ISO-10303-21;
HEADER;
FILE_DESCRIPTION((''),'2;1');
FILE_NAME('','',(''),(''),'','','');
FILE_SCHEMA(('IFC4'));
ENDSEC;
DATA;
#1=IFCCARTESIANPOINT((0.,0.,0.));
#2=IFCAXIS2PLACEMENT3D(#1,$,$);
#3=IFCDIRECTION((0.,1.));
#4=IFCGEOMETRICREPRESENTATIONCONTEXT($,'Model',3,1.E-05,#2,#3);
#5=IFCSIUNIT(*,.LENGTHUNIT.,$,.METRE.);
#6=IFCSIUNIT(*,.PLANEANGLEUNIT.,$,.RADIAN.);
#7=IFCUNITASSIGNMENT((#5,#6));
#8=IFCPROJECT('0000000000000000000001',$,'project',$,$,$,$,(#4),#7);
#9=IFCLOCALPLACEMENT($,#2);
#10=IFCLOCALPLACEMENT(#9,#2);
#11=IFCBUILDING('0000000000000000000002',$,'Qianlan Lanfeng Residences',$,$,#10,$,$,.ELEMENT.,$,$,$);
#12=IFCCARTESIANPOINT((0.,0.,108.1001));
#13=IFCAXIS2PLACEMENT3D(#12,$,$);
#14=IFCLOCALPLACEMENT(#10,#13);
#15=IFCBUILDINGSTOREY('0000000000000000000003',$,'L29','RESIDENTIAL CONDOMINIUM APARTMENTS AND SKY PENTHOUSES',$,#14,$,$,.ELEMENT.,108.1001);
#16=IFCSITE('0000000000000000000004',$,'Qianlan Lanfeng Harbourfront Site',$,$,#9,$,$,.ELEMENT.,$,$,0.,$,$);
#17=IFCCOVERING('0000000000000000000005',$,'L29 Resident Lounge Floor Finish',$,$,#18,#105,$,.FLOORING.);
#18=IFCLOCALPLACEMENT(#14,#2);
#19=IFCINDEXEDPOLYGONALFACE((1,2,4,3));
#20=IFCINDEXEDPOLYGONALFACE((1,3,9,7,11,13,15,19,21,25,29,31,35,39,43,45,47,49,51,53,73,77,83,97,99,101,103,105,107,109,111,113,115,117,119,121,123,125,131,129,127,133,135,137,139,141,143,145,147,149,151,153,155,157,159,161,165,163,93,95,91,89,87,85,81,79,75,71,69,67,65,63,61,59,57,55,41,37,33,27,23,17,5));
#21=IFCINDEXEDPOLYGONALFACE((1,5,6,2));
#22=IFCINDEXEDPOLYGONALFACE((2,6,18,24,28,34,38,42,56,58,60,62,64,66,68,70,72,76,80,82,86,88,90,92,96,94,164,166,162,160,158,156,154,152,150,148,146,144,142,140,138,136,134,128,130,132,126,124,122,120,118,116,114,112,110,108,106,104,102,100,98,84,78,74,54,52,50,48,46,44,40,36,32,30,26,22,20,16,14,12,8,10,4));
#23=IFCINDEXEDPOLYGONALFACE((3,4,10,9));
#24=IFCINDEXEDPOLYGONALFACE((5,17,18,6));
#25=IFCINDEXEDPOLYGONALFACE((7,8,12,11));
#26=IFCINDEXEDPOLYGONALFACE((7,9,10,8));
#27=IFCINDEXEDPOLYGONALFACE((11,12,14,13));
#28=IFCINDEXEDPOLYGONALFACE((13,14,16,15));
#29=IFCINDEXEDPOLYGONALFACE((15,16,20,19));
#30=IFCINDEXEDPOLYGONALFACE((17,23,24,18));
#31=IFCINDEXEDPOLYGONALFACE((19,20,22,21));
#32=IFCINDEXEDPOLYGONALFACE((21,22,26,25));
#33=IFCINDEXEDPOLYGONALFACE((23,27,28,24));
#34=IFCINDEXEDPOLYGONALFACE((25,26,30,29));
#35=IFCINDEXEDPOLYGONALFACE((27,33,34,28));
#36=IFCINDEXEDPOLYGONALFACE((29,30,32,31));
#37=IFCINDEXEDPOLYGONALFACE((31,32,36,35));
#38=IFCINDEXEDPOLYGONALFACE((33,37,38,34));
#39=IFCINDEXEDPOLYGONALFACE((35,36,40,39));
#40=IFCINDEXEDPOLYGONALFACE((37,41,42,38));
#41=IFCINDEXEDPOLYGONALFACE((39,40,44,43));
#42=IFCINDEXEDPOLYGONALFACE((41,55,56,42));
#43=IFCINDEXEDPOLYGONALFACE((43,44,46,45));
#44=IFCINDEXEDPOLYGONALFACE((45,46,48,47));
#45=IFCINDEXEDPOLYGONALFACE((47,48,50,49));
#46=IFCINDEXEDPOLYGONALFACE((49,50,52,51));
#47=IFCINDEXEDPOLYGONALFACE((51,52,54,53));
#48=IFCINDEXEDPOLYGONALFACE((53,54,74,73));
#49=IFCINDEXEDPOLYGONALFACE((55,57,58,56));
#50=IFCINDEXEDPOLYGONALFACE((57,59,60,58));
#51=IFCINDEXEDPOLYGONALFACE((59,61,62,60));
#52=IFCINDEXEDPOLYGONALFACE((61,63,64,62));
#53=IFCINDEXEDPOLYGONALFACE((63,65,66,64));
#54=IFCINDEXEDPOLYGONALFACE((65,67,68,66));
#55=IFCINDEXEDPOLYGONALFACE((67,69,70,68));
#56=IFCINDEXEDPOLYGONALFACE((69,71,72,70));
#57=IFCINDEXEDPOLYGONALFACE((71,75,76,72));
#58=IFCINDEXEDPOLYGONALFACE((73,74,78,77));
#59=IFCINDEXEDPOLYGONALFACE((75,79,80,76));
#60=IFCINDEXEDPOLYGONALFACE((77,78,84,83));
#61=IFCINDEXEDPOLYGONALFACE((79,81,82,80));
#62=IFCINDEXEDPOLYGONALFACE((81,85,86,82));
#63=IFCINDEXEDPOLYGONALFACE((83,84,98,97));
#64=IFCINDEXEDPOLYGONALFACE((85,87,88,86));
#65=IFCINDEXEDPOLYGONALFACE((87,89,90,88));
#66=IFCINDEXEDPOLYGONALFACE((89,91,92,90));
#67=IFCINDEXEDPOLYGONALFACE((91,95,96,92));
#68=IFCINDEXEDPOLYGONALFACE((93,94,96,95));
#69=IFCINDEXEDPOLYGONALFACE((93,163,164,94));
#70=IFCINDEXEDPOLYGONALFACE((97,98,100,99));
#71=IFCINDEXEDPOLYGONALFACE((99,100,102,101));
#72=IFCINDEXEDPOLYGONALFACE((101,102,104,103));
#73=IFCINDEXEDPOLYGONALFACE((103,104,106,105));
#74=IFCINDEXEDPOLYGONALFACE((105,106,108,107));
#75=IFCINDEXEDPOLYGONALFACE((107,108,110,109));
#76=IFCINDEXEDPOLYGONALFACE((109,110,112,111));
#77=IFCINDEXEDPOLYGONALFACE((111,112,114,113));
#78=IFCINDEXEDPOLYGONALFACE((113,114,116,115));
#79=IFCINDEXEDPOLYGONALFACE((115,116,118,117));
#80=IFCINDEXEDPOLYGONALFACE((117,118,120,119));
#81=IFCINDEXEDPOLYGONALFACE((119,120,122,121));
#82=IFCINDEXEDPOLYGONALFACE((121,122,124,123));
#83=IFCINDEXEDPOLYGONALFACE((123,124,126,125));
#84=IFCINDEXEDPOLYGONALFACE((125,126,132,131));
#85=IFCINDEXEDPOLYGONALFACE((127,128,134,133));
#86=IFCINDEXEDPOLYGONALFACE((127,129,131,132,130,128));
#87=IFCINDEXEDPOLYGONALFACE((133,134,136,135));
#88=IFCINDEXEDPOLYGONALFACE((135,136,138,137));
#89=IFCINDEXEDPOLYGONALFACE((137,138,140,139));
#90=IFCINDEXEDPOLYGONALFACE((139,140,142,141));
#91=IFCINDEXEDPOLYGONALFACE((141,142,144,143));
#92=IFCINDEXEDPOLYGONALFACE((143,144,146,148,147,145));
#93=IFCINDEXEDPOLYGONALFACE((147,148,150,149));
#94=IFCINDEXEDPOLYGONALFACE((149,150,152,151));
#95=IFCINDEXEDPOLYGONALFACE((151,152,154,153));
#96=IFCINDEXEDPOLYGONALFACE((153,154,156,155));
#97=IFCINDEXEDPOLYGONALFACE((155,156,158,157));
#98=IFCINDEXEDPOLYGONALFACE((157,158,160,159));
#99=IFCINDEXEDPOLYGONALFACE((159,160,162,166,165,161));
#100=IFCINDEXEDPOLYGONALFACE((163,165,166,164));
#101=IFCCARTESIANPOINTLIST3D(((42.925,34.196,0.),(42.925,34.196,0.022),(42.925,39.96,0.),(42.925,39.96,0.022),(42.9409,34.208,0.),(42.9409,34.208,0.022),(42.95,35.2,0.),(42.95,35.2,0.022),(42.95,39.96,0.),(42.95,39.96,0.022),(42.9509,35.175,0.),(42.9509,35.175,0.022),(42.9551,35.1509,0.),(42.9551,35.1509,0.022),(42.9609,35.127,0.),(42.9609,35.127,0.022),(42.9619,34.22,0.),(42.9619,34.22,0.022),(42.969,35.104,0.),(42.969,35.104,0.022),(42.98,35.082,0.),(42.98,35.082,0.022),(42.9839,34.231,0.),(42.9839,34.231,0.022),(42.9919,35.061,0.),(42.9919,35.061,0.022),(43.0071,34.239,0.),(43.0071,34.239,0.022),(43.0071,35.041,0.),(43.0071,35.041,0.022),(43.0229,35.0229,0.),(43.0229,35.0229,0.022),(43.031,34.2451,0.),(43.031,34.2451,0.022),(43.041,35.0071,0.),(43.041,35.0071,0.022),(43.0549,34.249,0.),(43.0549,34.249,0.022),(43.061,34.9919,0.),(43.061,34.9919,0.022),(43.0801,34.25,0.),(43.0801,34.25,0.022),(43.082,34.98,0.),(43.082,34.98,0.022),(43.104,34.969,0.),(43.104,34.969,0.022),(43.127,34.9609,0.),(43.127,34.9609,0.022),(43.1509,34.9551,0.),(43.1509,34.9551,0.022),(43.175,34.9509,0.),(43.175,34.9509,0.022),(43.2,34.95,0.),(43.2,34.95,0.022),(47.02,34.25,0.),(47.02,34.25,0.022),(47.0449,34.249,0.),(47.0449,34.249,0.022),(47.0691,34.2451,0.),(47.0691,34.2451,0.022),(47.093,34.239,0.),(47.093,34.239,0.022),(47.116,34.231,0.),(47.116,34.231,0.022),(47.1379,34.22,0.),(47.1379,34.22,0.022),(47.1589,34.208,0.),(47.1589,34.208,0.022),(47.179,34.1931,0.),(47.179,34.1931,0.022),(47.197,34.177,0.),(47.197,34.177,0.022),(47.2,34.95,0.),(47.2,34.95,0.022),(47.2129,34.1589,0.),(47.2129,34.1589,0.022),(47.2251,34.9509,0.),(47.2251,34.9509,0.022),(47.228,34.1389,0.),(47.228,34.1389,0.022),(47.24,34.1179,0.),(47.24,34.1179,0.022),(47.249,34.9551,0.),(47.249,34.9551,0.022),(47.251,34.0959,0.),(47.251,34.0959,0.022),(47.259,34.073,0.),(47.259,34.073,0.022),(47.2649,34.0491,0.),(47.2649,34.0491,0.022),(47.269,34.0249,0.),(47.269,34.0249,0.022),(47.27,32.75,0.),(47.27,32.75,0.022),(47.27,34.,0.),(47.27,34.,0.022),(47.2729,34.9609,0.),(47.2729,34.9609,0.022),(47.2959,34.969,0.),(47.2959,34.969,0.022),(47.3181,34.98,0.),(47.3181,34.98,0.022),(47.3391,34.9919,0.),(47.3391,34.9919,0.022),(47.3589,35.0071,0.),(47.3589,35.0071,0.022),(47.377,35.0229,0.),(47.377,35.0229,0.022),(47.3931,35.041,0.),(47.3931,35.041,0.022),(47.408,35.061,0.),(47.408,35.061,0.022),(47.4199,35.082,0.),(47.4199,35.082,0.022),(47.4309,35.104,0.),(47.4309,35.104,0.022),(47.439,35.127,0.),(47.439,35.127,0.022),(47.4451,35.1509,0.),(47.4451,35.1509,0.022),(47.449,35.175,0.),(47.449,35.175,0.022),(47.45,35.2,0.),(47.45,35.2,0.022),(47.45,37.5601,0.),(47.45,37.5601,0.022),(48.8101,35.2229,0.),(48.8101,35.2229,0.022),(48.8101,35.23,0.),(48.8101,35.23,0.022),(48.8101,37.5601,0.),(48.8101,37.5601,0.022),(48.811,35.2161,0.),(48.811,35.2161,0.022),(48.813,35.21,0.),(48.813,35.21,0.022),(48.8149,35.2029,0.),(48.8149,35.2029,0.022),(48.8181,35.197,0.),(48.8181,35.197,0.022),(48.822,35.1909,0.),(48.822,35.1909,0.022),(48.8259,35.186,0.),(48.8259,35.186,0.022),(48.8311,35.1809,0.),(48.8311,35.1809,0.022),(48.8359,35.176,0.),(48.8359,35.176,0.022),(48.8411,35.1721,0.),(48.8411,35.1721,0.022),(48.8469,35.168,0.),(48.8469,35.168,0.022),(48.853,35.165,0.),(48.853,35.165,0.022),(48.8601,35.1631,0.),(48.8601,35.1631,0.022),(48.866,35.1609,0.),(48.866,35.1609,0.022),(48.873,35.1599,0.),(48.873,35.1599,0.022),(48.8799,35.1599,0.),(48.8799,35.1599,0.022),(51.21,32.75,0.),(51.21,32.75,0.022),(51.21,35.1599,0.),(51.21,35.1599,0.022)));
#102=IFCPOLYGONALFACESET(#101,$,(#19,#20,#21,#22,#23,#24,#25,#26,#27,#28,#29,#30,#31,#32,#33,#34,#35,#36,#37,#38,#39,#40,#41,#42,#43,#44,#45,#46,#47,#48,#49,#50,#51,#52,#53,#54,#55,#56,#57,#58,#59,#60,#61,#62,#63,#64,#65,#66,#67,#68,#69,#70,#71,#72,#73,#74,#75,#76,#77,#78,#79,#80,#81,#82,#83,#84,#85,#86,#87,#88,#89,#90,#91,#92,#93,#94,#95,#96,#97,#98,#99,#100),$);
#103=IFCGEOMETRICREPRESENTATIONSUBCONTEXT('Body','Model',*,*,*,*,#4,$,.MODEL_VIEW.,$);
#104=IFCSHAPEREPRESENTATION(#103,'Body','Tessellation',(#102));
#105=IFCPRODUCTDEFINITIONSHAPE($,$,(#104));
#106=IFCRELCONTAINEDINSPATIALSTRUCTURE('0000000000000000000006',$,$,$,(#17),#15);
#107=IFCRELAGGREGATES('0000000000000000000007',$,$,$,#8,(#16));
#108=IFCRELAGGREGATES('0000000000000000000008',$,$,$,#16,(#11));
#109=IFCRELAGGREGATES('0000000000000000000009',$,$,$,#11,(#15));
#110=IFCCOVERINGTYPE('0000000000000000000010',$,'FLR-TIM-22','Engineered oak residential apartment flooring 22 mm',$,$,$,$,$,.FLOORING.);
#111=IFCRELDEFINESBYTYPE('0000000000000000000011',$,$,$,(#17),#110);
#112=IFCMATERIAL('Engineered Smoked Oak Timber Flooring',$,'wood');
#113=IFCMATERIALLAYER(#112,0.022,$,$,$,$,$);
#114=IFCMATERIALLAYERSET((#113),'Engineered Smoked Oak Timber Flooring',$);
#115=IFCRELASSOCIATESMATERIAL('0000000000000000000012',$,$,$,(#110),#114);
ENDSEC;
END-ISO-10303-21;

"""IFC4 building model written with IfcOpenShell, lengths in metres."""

from ifc_helpers import new_model, si_unit, direction, frame, origin, place, context, subcontext, project, spatial, polyline, outline, extrude, material, layer, layer_set, type_object, element, save


model = new_model("IFC4")

# Units and contexts
model_context = context("Model", 3, precision=1e-05, world=origin(), true_north=direction((0.0, 1.0)))
body_context = subcontext(model_context, "Body", "Model", "MODEL_VIEW")
ifc_project = project(units=[si_unit("LENGTHUNIT", "METRE"), si_unit("PLANEANGLEUNIT", "RADIAN")], contexts=[model_context])

# Site, building, storey
site_placement = place(None, origin())
site = spatial("IfcSite", under=ifc_project, at=site_placement, Name="Qianlan Lanfeng Harbourfront Site", CompositionType="ELEMENT", RefElevation=0.0)
building_placement = place(site_placement, origin())
building = spatial("IfcBuilding", under=site, at=building_placement, Name="Qianlan Lanfeng Residences", CompositionType="ELEMENT")
storey_placement = place(building_placement, frame((0.0, 0.0, 108.1001)))
storey = spatial("IfcBuildingStorey", under=building, at=storey_placement, Name="L29", Description="RESIDENTIAL CONDOMINIUM APARTMENTS AND SKY PENTHOUSES", CompositionType="ELEMENT", Elevation=108.1001)

# Covering
ifc_material_1 = material(Name="Engineered Smoked Oak Timber Flooring", Category="wood")
ifc_layer_1 = layer(ifc_material_1, 0.022)
ifc_layer_set_1 = layer_set([ifc_layer_1], Name="Engineered Smoked Oak Timber Flooring")
covering_type_1 = type_object("IfcCoveringType", Name="FLR-TIM-22", Description="Engineered oak residential apartment flooring 22 mm", PredefinedType="FLOORING", material=ifc_layer_set_1)
covering_1_placement = place(storey_placement, origin())
element("IfcCovering", 1, at=covering_1_placement, inside=storey, type_object=covering_type_1, Name="L29 Resident Lounge Floor Finish", PredefinedType="FLOORING", context=body_context, shape_type="SweptSolid", body=[
    extrude(outline(polyline([(42.925, 34.196), (42.9409, 34.208), (42.9619, 34.22), (42.9839, 34.231), (43.0071, 34.239), (43.031, 34.2451), (43.0549, 34.249), (43.0801, 34.25), (47.02, 34.25), (47.0449, 34.249), (47.0691, 34.2451), (47.093, 34.239), (47.116, 34.231), (47.1379, 34.22), (47.1589, 34.208), (47.179, 34.1931), (47.197, 34.177), (47.2129, 34.1589), (47.228, 34.1389), (47.24, 34.1179), (47.251, 34.0959), (47.259, 34.073), (47.2649, 34.0491), (47.269, 34.0249), (47.27, 34.0), (47.27, 32.75), (51.21, 32.75), (51.21, 35.1599), (48.8799, 35.1599), (48.873, 35.1599), (48.866, 35.1609), (48.8601, 35.1631), (48.853, 35.165), (48.8469, 35.168), (48.8411, 35.1721), (48.8359, 35.176), (48.8311, 35.1809), (48.8259, 35.186), (48.822, 35.1909), (48.8181, 35.197), (48.8149, 35.2029), (48.813, 35.21), (48.811, 35.2161), (48.8101, 35.2229), (48.8101, 35.23), (48.8101, 37.5601), (47.45, 37.5601), (47.45, 35.2), (47.449, 35.175), (47.4451, 35.1509), (47.439, 35.127), (47.4309, 35.104), (47.4199, 35.082), (47.408, 35.061), (47.3931, 35.041), (47.377, 35.0229), (47.3589, 35.0071), (47.3391, 34.9919), (47.3181, 34.98), (47.2959, 34.969), (47.2729, 34.9609), (47.249, 34.9551), (47.2251, 34.9509), (47.2, 34.95), (43.2, 34.95), (43.175, 34.9509), (43.1509, 34.9551), (43.127, 34.9609), (43.104, 34.969), (43.082, 34.98), (43.061, 34.9919), (43.041, 35.0071), (43.0229, 35.0229), (43.0071, 35.041), (42.9919, 35.061), (42.98, 35.082), (42.969, 35.104), (42.9609, 35.127), (42.9551, 35.1509), (42.9509, 35.175), (42.95, 35.2), (42.95, 39.96), (42.925, 39.96), (42.925, 34.196)])), origin(), (0.0, 0.0, 1.0), 0.022),
])

save(model, "model.ifc")
